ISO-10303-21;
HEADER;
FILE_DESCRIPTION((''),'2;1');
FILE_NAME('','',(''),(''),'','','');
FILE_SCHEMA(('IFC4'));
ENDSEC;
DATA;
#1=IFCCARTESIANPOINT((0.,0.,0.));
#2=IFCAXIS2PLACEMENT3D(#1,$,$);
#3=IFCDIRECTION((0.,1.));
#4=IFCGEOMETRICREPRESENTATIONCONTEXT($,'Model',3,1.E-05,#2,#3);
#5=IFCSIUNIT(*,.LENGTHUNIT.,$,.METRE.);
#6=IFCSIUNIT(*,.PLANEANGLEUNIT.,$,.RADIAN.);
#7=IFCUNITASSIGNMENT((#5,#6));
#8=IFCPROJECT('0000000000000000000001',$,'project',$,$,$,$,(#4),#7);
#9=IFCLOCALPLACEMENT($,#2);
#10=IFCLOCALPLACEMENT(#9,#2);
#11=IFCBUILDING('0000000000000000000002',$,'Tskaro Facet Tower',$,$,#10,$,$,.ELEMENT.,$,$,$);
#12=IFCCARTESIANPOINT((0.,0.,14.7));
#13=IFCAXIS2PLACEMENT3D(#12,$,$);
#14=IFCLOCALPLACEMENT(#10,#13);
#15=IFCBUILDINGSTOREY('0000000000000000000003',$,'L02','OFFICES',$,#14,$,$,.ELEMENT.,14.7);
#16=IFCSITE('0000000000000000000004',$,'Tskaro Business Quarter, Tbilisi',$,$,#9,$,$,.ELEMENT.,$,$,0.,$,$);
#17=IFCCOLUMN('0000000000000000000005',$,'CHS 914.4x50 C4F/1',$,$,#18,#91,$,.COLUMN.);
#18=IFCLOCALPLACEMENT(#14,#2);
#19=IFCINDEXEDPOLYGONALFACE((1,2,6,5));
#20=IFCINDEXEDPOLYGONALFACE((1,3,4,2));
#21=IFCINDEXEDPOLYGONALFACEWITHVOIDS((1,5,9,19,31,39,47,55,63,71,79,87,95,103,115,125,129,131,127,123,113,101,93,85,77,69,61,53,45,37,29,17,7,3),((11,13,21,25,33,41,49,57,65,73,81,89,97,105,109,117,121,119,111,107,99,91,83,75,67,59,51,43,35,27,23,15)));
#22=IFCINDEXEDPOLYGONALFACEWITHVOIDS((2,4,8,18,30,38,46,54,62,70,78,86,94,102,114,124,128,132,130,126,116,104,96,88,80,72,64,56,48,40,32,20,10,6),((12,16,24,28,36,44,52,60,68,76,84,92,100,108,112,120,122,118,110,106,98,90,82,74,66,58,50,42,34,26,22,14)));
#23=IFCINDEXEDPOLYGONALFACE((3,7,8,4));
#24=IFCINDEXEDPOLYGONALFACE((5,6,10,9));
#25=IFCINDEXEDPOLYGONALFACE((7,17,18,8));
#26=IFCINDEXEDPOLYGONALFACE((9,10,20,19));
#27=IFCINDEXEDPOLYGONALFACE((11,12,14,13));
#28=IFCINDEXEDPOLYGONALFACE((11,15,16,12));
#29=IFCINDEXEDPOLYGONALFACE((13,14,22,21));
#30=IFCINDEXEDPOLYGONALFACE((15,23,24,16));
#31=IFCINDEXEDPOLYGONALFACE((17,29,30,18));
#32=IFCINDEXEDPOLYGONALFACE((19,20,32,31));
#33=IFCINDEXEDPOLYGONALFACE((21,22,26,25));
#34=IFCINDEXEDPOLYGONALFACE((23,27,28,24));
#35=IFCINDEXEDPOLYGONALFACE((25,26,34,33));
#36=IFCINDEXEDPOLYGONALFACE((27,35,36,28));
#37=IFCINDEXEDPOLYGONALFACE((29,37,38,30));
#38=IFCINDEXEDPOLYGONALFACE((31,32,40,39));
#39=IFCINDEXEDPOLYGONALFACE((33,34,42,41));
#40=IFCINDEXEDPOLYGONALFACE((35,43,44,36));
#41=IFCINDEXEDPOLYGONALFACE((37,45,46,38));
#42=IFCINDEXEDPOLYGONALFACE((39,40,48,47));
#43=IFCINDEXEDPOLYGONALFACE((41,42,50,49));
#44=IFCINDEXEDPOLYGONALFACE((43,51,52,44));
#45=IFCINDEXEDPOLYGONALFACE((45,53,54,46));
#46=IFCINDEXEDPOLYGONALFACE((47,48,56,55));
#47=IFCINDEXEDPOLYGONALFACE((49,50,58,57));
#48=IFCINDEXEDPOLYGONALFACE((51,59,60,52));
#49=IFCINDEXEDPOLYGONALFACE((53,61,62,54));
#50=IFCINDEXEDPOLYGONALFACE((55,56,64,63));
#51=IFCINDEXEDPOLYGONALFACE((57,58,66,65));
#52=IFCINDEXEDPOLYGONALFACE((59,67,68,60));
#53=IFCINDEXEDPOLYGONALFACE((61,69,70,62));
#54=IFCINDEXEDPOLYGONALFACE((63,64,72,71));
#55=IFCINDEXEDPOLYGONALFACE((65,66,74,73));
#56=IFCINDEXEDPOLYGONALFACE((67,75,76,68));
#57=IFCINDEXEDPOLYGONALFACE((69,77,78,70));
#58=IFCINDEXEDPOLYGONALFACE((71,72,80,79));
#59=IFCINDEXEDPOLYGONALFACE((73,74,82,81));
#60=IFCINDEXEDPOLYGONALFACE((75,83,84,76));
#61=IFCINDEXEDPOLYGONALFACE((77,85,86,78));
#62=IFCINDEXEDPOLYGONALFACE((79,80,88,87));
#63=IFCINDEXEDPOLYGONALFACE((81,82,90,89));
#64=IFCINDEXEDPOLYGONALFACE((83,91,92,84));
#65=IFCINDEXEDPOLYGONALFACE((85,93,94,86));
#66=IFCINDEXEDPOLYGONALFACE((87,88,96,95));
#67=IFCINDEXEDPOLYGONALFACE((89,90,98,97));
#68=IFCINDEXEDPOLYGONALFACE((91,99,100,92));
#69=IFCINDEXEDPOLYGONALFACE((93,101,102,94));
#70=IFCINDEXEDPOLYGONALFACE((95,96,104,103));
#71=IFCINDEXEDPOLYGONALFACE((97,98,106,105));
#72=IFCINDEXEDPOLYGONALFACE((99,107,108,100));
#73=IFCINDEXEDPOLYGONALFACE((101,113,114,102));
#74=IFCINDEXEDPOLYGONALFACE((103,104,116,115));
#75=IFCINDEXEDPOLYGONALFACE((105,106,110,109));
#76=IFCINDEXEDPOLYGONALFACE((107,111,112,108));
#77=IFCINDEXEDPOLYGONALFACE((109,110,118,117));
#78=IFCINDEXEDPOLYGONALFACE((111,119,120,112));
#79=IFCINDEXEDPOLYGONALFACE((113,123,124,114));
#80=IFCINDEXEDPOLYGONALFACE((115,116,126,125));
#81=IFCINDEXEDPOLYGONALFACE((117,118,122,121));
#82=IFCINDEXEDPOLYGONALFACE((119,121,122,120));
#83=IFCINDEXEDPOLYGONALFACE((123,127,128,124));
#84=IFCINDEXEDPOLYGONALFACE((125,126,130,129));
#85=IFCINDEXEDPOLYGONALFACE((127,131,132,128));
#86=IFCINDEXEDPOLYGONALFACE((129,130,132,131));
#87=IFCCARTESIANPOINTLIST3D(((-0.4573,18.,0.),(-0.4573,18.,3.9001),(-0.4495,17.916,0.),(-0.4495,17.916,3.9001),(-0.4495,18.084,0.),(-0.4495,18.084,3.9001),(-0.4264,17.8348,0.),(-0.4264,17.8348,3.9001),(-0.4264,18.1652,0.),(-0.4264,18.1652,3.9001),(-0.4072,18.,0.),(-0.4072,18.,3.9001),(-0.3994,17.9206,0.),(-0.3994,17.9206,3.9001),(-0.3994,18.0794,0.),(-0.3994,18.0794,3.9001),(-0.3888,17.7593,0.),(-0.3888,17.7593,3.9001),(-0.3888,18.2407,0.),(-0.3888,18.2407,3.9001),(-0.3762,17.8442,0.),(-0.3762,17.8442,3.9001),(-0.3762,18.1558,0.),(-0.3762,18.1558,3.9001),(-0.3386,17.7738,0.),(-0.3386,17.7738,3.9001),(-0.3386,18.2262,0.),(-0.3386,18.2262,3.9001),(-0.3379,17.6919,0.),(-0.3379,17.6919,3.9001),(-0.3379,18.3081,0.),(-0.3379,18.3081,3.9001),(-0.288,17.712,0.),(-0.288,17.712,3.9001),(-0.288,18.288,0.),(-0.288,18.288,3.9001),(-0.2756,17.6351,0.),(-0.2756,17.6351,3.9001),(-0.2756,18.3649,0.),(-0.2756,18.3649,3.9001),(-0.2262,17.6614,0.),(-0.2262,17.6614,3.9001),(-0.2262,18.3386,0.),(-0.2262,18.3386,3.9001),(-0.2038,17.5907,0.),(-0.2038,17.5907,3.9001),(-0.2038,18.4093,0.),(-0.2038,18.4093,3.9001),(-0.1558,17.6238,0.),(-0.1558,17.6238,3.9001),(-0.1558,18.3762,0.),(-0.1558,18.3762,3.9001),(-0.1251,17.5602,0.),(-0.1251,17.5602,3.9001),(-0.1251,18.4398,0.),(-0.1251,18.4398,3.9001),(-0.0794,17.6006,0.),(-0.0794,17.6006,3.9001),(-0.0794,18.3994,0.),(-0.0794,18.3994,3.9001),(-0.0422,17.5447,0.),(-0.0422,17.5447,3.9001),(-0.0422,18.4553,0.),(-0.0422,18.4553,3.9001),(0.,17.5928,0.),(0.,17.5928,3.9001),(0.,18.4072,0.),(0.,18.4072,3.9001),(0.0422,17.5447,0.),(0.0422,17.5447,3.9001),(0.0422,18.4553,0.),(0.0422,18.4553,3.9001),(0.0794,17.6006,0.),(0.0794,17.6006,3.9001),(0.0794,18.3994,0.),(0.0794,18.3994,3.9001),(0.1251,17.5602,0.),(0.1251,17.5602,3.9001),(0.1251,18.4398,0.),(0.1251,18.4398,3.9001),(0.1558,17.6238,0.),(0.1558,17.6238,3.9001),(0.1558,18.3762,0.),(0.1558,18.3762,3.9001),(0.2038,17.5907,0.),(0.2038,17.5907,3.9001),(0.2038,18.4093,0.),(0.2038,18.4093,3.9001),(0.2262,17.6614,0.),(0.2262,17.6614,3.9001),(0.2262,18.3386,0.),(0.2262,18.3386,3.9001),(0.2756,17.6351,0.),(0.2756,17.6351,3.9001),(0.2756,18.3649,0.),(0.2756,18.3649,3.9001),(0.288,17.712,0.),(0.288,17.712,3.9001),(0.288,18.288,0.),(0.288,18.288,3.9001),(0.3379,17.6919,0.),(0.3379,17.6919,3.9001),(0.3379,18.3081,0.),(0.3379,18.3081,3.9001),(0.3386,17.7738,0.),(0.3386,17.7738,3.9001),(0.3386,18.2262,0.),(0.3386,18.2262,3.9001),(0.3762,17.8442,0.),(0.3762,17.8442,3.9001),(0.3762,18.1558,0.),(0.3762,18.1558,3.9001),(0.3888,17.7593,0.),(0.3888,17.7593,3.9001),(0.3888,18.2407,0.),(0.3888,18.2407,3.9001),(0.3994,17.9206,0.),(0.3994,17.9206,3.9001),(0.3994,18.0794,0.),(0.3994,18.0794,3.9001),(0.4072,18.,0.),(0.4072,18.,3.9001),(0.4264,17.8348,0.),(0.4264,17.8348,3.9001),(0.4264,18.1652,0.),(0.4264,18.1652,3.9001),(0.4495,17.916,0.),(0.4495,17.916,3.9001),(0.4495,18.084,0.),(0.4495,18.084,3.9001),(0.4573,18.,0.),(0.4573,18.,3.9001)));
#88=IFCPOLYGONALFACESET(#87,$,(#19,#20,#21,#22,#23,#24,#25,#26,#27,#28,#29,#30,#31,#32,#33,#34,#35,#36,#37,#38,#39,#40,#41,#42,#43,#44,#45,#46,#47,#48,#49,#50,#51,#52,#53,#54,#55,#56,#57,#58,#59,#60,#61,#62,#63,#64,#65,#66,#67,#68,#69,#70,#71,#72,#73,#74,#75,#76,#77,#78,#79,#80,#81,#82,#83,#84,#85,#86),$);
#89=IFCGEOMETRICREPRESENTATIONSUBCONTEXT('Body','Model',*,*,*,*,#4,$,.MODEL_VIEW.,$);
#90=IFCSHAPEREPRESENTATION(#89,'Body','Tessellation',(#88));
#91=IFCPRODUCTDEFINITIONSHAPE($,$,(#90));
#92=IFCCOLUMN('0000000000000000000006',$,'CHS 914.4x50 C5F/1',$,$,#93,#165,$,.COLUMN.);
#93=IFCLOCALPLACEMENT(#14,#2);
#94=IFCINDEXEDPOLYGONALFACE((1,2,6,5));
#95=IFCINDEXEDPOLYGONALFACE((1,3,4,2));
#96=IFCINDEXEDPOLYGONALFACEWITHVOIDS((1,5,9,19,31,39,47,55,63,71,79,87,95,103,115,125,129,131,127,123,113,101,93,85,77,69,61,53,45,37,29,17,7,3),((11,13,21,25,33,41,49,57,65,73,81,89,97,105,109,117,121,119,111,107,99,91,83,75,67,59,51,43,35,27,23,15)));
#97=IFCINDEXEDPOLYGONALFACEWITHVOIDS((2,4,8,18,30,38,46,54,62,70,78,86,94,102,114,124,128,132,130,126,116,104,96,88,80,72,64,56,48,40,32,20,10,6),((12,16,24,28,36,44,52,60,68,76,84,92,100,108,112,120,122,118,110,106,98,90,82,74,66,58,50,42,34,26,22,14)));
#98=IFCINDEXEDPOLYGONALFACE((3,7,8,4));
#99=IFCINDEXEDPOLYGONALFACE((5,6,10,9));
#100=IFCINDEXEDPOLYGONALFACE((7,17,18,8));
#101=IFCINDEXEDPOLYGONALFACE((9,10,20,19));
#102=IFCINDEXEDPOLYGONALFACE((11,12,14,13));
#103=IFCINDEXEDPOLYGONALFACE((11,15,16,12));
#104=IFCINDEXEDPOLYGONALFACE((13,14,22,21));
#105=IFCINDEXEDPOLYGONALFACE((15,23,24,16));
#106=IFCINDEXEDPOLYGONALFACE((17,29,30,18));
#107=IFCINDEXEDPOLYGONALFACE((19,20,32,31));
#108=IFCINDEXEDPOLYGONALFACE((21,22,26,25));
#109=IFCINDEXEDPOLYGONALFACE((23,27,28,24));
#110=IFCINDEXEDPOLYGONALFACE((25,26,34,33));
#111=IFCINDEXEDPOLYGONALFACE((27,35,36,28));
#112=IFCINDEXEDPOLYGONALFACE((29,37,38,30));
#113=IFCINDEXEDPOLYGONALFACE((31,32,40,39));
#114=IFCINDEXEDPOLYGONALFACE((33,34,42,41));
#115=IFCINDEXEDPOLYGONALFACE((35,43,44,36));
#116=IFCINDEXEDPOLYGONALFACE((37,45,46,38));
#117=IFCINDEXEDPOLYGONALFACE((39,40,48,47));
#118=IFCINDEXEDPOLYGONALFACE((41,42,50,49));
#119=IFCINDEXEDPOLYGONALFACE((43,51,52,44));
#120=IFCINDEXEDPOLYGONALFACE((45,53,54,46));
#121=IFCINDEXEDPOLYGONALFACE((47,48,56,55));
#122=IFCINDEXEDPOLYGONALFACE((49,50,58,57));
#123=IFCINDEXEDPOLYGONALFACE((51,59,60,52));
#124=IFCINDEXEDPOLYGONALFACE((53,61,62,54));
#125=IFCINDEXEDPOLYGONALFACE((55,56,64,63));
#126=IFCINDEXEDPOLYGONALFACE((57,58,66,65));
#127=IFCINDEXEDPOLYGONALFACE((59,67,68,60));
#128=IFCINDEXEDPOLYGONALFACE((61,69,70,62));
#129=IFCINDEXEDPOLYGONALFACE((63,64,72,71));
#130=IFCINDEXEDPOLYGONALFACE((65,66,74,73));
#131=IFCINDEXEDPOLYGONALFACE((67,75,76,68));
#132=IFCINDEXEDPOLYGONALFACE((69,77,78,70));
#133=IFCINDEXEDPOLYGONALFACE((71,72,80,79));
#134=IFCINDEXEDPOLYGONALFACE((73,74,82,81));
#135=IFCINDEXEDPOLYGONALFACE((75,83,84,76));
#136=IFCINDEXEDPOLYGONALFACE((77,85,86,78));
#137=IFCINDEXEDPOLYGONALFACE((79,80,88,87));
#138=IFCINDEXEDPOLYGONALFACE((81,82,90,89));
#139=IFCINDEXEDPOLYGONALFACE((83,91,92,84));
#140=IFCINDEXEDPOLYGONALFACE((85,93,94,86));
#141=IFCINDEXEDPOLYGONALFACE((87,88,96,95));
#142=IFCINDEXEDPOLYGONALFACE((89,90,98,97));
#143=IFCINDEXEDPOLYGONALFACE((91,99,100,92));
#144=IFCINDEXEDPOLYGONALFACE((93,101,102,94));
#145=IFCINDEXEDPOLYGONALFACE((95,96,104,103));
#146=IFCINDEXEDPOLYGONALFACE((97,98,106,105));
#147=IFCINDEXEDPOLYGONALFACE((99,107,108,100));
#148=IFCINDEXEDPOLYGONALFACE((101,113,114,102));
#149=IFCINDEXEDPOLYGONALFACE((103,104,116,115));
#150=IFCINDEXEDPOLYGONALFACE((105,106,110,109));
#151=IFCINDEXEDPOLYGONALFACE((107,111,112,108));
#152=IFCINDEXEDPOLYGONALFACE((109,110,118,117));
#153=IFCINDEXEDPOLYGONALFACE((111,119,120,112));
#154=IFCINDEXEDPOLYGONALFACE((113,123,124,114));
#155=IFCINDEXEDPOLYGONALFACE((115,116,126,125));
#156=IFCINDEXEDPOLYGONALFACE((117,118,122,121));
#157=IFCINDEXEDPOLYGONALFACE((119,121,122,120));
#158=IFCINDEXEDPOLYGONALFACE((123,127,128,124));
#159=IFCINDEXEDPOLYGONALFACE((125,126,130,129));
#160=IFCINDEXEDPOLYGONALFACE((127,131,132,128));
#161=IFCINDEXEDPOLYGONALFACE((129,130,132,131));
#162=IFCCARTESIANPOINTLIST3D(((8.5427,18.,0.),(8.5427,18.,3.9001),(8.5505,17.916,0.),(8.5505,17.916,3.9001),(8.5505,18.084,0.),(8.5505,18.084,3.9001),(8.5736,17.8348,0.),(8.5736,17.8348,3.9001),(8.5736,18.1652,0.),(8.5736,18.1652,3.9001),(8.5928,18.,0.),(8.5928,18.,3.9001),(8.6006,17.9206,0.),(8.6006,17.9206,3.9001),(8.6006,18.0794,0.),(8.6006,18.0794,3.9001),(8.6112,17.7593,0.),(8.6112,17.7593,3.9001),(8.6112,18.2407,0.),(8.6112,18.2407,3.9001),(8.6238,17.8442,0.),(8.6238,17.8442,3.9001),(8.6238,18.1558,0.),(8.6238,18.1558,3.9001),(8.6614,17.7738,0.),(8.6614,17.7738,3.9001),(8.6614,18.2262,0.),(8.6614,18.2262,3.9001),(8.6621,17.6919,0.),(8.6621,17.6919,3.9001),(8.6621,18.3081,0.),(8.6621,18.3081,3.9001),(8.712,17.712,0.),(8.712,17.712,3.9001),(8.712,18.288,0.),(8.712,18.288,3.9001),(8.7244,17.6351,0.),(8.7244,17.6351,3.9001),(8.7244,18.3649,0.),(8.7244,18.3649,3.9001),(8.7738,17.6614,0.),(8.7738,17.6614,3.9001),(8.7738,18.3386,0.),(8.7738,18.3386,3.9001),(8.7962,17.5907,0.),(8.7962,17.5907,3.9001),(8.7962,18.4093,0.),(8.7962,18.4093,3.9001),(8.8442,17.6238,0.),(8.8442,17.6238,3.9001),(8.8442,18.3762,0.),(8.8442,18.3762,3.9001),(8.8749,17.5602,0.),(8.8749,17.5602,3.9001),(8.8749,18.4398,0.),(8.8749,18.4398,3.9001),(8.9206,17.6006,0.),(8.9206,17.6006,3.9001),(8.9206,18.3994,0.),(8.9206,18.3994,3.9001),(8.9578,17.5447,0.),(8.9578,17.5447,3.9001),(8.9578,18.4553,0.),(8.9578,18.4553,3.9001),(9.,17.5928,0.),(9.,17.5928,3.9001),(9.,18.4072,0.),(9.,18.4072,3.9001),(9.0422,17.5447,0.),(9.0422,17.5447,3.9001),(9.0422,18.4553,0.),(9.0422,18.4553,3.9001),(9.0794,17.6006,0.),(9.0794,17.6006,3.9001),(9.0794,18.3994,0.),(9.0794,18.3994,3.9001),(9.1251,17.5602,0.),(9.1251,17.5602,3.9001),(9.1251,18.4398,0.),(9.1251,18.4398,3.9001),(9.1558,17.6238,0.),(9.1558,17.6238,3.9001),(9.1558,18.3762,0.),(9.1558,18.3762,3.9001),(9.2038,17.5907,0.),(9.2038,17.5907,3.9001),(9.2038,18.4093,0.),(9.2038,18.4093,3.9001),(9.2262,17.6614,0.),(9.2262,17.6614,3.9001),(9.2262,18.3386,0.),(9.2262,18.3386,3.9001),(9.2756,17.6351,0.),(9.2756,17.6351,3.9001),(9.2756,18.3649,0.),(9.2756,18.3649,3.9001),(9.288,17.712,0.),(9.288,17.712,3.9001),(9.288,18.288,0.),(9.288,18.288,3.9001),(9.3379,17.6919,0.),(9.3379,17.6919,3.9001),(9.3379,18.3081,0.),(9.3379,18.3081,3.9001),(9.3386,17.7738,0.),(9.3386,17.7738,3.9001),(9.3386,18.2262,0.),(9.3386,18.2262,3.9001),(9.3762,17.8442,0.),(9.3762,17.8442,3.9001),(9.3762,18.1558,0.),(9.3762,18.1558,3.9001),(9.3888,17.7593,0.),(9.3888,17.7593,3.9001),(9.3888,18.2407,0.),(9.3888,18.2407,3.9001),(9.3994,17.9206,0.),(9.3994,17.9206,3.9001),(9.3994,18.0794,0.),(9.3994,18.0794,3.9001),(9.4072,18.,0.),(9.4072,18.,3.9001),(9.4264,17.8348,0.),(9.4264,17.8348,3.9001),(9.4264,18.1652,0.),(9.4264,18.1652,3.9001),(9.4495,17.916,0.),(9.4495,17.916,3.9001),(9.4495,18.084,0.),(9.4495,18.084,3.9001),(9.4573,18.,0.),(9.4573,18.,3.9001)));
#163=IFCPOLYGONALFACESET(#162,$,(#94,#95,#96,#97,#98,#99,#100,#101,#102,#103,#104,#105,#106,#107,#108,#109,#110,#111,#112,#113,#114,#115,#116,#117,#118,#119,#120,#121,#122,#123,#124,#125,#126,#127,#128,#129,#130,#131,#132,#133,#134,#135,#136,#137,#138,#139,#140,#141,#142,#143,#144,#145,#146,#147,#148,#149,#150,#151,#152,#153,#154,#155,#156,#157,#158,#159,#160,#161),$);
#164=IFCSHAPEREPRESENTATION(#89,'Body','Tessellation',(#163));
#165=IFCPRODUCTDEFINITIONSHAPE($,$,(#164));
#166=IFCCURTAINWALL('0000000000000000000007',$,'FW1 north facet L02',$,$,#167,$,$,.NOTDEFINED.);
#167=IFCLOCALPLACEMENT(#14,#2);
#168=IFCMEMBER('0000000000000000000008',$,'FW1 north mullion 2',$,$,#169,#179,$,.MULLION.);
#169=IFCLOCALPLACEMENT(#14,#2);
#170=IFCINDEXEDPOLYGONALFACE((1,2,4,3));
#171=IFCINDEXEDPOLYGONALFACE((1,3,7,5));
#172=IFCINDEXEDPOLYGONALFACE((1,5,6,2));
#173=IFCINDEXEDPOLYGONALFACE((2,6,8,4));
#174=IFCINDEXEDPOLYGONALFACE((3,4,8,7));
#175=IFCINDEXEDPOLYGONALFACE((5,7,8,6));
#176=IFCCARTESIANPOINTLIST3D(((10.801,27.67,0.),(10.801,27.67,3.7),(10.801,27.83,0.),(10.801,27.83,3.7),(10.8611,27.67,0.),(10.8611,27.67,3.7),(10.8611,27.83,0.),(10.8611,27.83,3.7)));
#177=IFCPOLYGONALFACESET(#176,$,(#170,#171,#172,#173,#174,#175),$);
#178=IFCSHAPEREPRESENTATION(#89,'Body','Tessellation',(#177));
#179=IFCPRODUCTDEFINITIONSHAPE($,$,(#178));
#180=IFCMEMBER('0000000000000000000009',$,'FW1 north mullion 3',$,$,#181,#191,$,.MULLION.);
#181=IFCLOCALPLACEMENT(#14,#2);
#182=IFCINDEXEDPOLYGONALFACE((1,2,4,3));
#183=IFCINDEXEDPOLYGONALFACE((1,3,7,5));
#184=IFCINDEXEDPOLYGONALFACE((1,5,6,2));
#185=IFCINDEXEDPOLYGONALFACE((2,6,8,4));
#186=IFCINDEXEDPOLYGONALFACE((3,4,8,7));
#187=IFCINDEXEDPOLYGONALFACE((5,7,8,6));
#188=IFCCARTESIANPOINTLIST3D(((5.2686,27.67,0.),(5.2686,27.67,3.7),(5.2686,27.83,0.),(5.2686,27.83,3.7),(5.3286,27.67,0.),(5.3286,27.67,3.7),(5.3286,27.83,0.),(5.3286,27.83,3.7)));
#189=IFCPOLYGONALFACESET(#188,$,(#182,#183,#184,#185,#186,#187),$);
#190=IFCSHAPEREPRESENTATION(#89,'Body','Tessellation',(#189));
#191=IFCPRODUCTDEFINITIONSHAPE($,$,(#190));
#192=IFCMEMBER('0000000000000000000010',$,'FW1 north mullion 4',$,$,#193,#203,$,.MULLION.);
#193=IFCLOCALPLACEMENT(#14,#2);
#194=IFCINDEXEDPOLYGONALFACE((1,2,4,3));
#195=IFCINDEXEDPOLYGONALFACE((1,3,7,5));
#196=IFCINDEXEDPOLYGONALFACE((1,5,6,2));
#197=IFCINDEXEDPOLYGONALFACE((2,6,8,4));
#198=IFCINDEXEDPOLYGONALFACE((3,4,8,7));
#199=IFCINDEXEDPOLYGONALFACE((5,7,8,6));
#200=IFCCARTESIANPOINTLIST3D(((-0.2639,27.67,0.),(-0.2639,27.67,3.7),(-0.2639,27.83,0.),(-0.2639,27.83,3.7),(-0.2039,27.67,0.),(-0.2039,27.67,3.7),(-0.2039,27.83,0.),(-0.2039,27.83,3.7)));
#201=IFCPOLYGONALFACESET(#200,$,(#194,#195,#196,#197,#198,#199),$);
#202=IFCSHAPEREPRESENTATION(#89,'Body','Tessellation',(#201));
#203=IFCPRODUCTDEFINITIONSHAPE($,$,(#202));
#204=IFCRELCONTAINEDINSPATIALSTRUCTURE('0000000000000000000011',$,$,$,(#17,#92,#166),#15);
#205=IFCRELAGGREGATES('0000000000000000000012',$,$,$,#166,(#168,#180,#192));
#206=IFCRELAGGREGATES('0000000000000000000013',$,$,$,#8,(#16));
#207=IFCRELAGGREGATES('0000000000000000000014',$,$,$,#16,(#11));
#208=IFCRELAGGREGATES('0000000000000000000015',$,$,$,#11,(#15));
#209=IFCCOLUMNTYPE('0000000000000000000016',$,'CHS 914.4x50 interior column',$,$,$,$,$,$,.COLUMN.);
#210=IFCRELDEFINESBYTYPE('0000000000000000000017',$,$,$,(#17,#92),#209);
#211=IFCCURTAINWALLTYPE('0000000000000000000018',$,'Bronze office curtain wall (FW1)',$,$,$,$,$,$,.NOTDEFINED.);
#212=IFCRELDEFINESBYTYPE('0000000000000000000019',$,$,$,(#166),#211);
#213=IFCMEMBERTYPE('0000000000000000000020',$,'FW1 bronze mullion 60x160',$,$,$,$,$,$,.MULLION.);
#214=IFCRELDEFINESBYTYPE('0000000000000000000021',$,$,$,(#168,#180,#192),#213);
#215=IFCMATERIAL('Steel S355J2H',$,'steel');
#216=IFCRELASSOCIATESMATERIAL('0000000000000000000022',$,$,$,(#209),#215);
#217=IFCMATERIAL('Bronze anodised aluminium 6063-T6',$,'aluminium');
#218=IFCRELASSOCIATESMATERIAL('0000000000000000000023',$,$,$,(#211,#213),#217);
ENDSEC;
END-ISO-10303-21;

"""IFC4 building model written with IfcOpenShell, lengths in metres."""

from ifc_helpers import new_model, si_unit, direction, frame, origin, origin_2d, place, context, subcontext, project, spatial, rectangle, hollow_circle, extrude, material, material_profile, profile_set, type_object, element, aggregate, save


model = new_model("IFC4")

# Units and contexts
model_context = context("Model", 3, precision=1e-05, world=origin(), true_north=direction((0.0, 1.0)))
body_context = subcontext(model_context, "Body", "Model", "MODEL_VIEW")
ifc_project = project(units=[si_unit("LENGTHUNIT", "METRE"), si_unit("PLANEANGLEUNIT", "RADIAN")], contexts=[model_context])

# Site, building, storey
site_placement = place(None, origin())
site = spatial("IfcSite", under=ifc_project, at=site_placement, Name="Tskaro Business Quarter, Tbilisi", CompositionType="ELEMENT", RefElevation=0.0)
building_placement = place(site_placement, origin())
building = spatial("IfcBuilding", under=site, at=building_placement, Name="Tskaro Facet Tower", CompositionType="ELEMENT")
storey_placement = place(building_placement, frame((0.0, 0.0, 14.7)))
storey = spatial("IfcBuildingStorey", under=building, at=storey_placement, Name="L02", Description="OFFICES", CompositionType="ELEMENT", Elevation=14.7)

# Columns
ifc_material_1 = material(Name="Steel S355J2H", Category="steel")
ifc_material_profile_1 = material_profile(ifc_material_1, hollow_circle(Radius=0.4573, WallThickness=0.05, at=origin_2d()), Name="CHS 914.4x50")
ifc_profile_set_1 = profile_set([ifc_material_profile_1], Name="Steel S355J2H")
column_type_1 = type_object("IfcColumnType", Name="CHS 914.4x50 interior column", PredefinedType="COLUMN", material=ifc_profile_set_1)
for number, where, z_axis, x_axis, name in (
    (1, (0.0, 18.0, 0.0), (0.0, 0.0, 1.0), (1.0, 0.0, 0.0), "CHS 914.4x50 C4F/1"),
    (2, (9.0, 18.0, 0.0), (0.0, 0.0, 1.0), (1.0, 0.0, 0.0), "CHS 914.4x50 C5F/1"),
):
    element("IfcColumn", number, at=place(storey_placement, frame(where, z_axis=z_axis, x_axis=x_axis)), inside=storey, type_object=column_type_1, Name=name, PredefinedType="COLUMN", context=body_context, shape_type="SweptSolid", body=[
        extrude(hollow_circle(Radius=0.4573, WallThickness=0.05, at=origin_2d()), origin(), (0.0, 0.0, 1.0), 3.9001),
    ])

# Curtain wall, members
ifc_material_2 = material(Name="Bronze anodised aluminium 6063-T6", Category="aluminium")
curtain_wall_type = type_object("IfcCurtainWallType", Name="Bronze office curtain wall (FW1)", PredefinedType="NOTDEFINED", material=ifc_material_2)
curtain_wall_placement = place(storey_placement, origin())
curtain_wall = element("IfcCurtainWall", 3, at=curtain_wall_placement, inside=storey, type_object=curtain_wall_type, Name="FW1 north facet L02", PredefinedType="NOTDEFINED")
ifc_material_profile_2 = material_profile(ifc_material_2, rectangle(XDim=0.0601, YDim=0.1599, at=origin_2d()), Name="Mullion 60x160")
ifc_profile_set_2 = profile_set([ifc_material_profile_2], Name="Bronze anodised aluminium 6063-T6")
member_type_1 = type_object("IfcMemberType", Name="FW1 bronze mullion 60x160", PredefinedType="MULLION", material=ifc_profile_set_2)
member_1_placement = place(storey_placement, frame((10.8311, 27.75, 0.0), z_axis=(0.0, 0.0, 1.0), x_axis=(-1.0, 0.0, 0.0)))
member_1 = element("IfcMember", 4, at=member_1_placement, type_object=member_type_1, Name="FW1 north mullion 2", PredefinedType="MULLION", context=body_context, shape_type="SweptSolid", body=[
    extrude(rectangle(XDim=0.0601, YDim=0.1599, at=origin_2d()), origin(), (0.0, 0.0, 1.0), 3.7),
])
member_2_placement = place(storey_placement, frame((5.2986, 27.75, 0.0), z_axis=(0.0, 0.0, 1.0), x_axis=(-1.0, 0.0, 0.0)))
member_2 = element("IfcMember", 5, at=member_2_placement, type_object=member_type_1, Name="FW1 north mullion 3", PredefinedType="MULLION", context=body_context, shape_type="SweptSolid", body=[
    extrude(rectangle(XDim=0.0601, YDim=0.1599, at=origin_2d()), origin(), (0.0, 0.0, 1.0), 3.7),
])
member_3_placement = place(storey_placement, frame((-0.2339, 27.75, 0.0), z_axis=(0.0, 0.0, 1.0), x_axis=(-1.0, 0.0, 0.0)))
member_3 = element("IfcMember", 6, at=member_3_placement, type_object=member_type_1, Name="FW1 north mullion 4", PredefinedType="MULLION", context=body_context, shape_type="SweptSolid", body=[
    extrude(rectangle(XDim=0.0601, YDim=0.1599, at=origin_2d()), origin(), (0.0, 0.0, 1.0), 3.7),
])

aggregate(curtain_wall, [member_1, member_2, member_3])

save(model, "model.ifc")
